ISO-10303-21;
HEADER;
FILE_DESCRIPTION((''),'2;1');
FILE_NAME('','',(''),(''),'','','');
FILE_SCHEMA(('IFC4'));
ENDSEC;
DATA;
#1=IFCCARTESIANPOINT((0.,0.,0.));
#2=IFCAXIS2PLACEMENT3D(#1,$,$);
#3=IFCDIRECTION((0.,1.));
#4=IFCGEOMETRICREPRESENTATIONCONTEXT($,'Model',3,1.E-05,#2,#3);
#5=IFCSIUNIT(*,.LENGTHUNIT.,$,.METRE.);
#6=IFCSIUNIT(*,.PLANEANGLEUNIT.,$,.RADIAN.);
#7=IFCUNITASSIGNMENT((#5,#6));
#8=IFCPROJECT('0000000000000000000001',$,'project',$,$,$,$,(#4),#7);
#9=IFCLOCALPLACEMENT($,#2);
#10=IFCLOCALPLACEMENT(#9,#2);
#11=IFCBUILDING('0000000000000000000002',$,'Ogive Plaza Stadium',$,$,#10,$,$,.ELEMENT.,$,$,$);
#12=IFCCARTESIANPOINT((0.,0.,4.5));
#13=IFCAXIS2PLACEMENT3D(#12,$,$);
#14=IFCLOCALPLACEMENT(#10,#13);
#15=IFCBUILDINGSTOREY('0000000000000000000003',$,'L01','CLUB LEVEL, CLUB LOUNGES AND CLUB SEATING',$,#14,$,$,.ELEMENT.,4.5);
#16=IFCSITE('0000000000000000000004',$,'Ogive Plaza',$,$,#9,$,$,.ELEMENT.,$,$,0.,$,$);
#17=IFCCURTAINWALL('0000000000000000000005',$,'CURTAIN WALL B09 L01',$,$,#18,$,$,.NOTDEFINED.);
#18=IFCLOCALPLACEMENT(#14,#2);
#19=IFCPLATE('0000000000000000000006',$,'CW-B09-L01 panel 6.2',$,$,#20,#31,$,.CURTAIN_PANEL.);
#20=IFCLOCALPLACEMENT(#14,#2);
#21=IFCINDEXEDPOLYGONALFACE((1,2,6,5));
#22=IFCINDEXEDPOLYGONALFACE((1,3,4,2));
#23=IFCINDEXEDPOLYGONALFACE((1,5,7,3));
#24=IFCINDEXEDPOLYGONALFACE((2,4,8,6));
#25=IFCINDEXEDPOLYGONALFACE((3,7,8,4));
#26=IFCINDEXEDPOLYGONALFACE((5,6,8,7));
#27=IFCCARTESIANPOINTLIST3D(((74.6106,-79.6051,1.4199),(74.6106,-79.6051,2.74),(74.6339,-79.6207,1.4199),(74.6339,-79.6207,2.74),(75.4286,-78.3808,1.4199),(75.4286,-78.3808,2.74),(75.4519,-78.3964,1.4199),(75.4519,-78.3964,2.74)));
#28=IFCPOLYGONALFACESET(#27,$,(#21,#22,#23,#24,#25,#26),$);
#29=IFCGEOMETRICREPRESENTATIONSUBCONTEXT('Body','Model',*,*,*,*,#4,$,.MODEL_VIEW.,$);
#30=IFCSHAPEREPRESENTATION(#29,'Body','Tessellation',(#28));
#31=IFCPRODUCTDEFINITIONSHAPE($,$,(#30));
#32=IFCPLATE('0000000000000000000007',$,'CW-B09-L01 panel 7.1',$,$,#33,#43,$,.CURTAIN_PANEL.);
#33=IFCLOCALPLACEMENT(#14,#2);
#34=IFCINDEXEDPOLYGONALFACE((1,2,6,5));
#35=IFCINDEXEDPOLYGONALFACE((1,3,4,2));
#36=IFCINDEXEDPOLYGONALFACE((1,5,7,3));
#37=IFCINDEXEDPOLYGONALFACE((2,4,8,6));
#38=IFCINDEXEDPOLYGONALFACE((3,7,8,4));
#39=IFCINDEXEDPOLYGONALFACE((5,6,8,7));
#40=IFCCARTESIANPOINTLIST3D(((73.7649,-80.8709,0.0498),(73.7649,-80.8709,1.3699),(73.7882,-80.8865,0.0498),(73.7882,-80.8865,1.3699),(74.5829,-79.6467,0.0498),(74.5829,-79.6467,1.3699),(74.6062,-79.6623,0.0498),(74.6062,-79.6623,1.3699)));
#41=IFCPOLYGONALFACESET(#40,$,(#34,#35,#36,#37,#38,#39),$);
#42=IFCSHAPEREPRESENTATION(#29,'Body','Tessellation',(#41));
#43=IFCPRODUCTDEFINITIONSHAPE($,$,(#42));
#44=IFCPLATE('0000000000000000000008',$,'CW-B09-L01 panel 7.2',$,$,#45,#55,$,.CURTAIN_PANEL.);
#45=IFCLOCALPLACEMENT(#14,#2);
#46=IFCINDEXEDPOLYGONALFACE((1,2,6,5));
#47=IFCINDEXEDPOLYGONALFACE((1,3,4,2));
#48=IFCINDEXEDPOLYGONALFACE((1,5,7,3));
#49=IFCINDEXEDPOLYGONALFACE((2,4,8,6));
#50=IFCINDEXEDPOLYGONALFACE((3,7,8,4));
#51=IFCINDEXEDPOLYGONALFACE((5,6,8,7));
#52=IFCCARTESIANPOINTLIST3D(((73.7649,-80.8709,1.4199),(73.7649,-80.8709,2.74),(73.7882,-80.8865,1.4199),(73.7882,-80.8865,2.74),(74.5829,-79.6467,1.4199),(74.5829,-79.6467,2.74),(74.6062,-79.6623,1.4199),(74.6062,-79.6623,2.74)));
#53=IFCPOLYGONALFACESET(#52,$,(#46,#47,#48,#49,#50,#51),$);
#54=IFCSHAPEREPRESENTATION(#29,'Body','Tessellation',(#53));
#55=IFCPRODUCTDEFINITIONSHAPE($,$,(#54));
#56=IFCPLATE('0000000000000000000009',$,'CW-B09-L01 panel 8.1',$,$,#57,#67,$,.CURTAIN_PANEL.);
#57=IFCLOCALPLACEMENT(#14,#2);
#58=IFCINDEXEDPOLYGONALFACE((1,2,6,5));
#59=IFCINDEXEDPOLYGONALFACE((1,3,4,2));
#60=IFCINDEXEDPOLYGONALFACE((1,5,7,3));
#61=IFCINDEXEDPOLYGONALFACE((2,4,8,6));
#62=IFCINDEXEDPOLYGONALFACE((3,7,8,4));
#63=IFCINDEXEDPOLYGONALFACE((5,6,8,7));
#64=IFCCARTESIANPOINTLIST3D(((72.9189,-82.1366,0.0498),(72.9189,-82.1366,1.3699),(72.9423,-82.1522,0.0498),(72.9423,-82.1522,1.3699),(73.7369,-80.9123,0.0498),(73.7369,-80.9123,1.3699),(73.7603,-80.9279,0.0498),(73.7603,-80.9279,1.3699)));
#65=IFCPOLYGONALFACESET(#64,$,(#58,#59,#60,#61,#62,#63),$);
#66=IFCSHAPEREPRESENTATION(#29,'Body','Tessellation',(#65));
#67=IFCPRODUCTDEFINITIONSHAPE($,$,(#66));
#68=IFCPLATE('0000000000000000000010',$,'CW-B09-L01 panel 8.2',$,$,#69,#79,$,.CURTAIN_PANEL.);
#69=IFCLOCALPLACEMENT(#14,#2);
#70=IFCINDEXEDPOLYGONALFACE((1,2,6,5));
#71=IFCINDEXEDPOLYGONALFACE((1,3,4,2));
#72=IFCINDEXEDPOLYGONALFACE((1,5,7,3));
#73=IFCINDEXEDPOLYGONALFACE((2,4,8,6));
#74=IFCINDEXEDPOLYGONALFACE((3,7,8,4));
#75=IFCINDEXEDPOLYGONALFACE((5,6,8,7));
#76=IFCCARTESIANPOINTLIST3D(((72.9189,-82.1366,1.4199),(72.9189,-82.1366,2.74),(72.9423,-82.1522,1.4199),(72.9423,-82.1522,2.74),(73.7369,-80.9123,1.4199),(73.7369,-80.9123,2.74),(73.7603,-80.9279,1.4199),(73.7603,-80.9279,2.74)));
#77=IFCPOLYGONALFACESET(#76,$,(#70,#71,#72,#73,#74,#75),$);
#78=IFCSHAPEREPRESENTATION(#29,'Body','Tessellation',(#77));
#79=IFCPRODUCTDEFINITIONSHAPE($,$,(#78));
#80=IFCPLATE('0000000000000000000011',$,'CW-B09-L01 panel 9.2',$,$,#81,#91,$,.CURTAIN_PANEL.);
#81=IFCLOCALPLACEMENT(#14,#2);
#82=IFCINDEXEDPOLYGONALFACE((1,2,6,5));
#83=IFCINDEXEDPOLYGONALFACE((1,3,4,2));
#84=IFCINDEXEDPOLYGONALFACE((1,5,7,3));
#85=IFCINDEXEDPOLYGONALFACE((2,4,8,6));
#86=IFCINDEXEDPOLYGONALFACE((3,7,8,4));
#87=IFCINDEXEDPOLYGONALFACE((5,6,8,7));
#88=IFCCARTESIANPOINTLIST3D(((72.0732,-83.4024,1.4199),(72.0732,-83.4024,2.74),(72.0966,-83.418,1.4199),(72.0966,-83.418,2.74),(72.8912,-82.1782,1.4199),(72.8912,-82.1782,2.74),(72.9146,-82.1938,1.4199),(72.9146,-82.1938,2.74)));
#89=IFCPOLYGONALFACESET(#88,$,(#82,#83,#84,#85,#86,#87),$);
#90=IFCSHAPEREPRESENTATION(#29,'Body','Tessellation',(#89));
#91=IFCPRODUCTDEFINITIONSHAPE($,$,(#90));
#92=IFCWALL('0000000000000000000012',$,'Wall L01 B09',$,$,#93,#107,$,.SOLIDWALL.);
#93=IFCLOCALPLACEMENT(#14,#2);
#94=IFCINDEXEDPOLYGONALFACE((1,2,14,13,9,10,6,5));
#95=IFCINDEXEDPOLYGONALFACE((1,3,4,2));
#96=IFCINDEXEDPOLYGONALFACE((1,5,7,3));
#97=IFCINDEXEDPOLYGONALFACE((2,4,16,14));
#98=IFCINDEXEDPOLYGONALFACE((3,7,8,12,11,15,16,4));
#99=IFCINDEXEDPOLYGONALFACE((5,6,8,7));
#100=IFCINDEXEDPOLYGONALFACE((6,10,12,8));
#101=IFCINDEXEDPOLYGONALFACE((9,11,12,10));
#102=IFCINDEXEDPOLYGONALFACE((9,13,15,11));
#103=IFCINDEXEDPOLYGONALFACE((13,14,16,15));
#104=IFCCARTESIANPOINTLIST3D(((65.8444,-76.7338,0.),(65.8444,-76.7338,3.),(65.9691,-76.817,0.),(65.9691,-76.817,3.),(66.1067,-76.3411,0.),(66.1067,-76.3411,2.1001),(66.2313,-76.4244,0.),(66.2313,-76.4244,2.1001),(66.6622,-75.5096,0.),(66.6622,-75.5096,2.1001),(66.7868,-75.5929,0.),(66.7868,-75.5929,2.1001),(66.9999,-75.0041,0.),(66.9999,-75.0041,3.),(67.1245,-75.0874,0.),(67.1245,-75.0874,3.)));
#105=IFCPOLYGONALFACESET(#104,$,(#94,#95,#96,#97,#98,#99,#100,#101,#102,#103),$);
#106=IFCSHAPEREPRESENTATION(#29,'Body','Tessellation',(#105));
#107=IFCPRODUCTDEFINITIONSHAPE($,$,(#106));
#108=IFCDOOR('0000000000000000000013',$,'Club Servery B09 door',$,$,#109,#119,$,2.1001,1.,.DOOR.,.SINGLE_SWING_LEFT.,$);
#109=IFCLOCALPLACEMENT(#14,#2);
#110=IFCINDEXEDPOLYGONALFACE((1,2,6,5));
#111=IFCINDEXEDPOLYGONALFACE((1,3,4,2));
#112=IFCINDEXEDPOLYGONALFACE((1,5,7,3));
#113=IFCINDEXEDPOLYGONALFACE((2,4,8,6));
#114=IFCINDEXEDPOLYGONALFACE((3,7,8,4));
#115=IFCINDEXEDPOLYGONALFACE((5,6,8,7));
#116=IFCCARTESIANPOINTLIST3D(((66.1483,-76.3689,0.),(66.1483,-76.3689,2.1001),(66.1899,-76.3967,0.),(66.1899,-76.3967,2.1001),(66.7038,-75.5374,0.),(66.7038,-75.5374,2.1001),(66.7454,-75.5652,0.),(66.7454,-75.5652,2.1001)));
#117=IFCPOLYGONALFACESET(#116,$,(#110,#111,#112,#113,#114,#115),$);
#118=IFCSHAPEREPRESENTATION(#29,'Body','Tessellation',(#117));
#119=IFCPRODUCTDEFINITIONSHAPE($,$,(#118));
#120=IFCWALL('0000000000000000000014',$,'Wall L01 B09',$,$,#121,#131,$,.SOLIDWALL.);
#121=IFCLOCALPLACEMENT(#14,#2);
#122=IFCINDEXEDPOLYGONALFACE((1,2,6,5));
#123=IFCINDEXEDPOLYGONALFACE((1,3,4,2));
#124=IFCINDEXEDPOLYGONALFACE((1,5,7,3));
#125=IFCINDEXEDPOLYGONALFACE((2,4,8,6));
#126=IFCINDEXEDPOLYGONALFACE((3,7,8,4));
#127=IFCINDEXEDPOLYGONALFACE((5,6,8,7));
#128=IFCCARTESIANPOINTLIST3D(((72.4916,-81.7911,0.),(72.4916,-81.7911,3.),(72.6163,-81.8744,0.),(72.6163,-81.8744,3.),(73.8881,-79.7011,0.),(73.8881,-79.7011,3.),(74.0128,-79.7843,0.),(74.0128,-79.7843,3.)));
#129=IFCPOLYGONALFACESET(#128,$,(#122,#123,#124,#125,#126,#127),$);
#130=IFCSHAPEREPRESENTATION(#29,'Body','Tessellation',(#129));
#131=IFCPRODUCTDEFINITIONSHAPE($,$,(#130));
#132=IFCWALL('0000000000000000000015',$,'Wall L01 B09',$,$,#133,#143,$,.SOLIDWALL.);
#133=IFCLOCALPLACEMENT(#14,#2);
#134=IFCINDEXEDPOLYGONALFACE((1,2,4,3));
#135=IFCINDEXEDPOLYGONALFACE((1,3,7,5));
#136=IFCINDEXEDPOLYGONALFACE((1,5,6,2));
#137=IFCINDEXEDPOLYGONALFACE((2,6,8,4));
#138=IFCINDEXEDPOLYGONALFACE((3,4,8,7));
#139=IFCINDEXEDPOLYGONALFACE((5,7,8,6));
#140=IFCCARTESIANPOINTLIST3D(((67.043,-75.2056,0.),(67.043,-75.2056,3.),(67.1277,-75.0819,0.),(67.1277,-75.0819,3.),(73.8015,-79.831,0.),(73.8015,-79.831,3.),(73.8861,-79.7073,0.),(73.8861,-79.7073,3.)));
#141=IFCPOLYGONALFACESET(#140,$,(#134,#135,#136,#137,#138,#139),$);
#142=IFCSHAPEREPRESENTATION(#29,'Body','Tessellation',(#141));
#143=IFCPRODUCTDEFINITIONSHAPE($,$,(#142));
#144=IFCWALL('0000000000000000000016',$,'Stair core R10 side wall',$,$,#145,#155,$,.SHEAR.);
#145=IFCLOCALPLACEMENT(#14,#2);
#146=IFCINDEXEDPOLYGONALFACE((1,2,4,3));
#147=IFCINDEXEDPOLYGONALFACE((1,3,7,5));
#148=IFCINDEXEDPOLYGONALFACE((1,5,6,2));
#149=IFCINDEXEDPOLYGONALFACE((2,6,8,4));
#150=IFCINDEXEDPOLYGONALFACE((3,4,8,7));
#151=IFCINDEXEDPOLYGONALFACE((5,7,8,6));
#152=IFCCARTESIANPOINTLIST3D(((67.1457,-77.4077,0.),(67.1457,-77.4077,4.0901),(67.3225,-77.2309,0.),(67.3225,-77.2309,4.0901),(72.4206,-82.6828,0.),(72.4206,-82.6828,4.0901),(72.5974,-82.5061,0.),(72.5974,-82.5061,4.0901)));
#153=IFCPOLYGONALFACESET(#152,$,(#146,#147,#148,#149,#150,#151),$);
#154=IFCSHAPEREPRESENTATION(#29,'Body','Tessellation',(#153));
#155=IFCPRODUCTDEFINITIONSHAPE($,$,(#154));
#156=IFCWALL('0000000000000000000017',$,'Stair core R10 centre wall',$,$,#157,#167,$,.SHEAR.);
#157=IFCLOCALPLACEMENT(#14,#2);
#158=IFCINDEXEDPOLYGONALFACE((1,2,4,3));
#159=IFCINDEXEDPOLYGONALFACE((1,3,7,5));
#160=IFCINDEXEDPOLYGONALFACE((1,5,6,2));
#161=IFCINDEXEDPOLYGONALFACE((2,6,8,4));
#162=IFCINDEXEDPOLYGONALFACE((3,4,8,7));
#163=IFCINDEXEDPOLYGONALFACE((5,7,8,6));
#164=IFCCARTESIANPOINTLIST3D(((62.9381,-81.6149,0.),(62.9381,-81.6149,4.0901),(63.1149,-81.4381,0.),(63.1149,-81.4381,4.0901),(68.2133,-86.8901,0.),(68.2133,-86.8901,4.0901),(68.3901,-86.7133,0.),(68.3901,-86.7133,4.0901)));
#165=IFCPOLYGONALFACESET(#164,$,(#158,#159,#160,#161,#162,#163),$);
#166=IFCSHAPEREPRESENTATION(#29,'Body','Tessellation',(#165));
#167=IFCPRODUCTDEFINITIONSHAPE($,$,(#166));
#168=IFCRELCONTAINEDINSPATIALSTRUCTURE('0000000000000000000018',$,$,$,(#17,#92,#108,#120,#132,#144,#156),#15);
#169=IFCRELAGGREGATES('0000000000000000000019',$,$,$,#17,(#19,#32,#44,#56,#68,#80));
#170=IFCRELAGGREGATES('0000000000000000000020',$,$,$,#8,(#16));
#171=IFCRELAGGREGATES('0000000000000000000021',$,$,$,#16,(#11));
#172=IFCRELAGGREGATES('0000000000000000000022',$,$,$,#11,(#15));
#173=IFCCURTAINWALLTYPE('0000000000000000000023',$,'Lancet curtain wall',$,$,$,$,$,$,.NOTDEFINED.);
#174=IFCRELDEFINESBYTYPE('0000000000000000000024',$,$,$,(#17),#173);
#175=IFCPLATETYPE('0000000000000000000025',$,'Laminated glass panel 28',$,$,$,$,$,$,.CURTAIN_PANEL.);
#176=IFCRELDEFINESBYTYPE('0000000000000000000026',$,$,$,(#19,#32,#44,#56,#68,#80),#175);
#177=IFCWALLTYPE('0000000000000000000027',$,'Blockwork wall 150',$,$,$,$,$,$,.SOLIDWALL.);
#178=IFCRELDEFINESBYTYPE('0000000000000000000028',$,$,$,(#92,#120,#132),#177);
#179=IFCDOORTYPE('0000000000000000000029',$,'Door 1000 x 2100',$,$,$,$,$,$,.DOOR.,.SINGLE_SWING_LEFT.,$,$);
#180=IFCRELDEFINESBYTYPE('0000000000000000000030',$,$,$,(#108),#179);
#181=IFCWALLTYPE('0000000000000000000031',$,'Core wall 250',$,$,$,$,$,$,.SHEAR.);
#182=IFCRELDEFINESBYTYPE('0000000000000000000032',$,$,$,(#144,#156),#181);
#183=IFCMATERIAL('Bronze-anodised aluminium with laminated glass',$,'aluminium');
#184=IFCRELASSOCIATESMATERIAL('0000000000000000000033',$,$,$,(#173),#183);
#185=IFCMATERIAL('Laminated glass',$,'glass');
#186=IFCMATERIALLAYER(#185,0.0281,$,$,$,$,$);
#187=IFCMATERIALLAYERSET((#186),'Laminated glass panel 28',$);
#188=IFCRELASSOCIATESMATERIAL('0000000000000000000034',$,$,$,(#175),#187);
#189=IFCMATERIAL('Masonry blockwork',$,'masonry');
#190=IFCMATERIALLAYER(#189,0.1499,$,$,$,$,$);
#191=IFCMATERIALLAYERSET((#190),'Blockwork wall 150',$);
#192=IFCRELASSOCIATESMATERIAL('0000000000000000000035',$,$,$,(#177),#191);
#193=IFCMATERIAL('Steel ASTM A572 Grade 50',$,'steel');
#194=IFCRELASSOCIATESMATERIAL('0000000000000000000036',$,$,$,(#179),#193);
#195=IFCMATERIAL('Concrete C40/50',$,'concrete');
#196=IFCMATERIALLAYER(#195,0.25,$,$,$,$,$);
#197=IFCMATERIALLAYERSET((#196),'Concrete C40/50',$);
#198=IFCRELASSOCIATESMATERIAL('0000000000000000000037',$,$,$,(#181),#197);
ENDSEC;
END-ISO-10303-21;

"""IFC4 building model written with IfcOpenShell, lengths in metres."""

from ifc_helpers import new_model, si_unit, direction, frame, frame_2d, origin, origin_2d, place, context, subcontext, project, spatial, rectangle, extrude, material, layer, layer_set, type_object, element, fill, aggregate, save


model = new_model("IFC4")

# Units and contexts
model_context = context("Model", 3, precision=1e-05, world=origin(), true_north=direction((0.0, 1.0)))
body_context = subcontext(model_context, "Body", "Model", "MODEL_VIEW")
ifc_project = project(units=[si_unit("LENGTHUNIT", "METRE"), si_unit("PLANEANGLEUNIT", "RADIAN")], contexts=[model_context])

# Site, building, storey
site_placement = place(None, origin())
site = spatial("IfcSite", under=ifc_project, at=site_placement, Name="Ogive Plaza", CompositionType="ELEMENT", RefElevation=0.0)
building_placement = place(site_placement, origin())
building = spatial("IfcBuilding", under=site, at=building_placement, Name="Ogive Plaza Stadium", CompositionType="ELEMENT")
storey_placement = place(building_placement, frame((0.0, 0.0, 4.5)))
storey = spatial("IfcBuildingStorey", under=building, at=storey_placement, Name="L01", Description="CLUB LEVEL, CLUB LOUNGES AND CLUB SEATING", CompositionType="ELEMENT", Elevation=4.5)

# Curtain wall, plates
ifc_material_1 = material(Name="Bronze-anodised aluminium with laminated glass", Category="aluminium")
curtain_wall_type = type_object("IfcCurtainWallType", Name="Lancet curtain wall", PredefinedType="NOTDEFINED", material=ifc_material_1)
curtain_wall_placement = place(storey_placement, origin())
curtain_wall = element("IfcCurtainWall", 1, at=curtain_wall_placement, inside=storey, type_object=curtain_wall_type, Name="CURTAIN WALL B09 L01", PredefinedType="NOTDEFINED")
ifc_material_2 = material(Name="Laminated glass", Category="glass")
ifc_layer_1 = layer(ifc_material_2, 0.0281)
ifc_layer_set_1 = layer_set([ifc_layer_1], Name="Laminated glass panel 28")
plate_type = type_object("IfcPlateType", Name="Laminated glass panel 28", PredefinedType="CURTAIN_PANEL", material=ifc_layer_set_1)
plate_1_placement = place(storey_placement, frame((75.0312, -79.0007, 1.4199), z_axis=(0.0, 0.0, 1.0), x_axis=(-0.55557, -0.83147, 0.0)))
plate_1 = element("IfcPlate", 2, at=plate_1_placement, type_object=plate_type, Name="CW-B09-L01 panel 6.2", PredefinedType="CURTAIN_PANEL", context=body_context, shape_type="SweptSolid", body=[
    extrude(rectangle(XDim=1.4724, YDim=0.0281, at=origin_2d()), origin(), (0.0, 0.0, 1.0), 1.3201),
])
plate_2_placement = place(storey_placement, frame((74.1855, -80.2666, 0.0498), z_axis=(0.0, 0.0, 1.0), x_axis=(-0.55557, -0.83147, 0.0)))
plate_2 = element("IfcPlate", 3, at=plate_2_placement, type_object=plate_type, Name="CW-B09-L01 panel 7.1", PredefinedType="CURTAIN_PANEL", context=body_context, shape_type="SweptSolid", body=[
    extrude(rectangle(XDim=1.4724, YDim=0.0281, at=origin_2d()), origin(), (0.0, 0.0, 1.0), 1.3201),
])
plate_3_placement = place(storey_placement, frame((74.1855, -80.2666, 1.4199), z_axis=(0.0, 0.0, 1.0), x_axis=(-0.55557, -0.83147, 0.0)))
plate_3 = element("IfcPlate", 4, at=plate_3_placement, type_object=plate_type, Name="CW-B09-L01 panel 7.2", PredefinedType="CURTAIN_PANEL", context=body_context, shape_type="SweptSolid", body=[
    extrude(rectangle(XDim=1.4724, YDim=0.0281, at=origin_2d()), origin(), (0.0, 0.0, 1.0), 1.3201),
])
plate_4_placement = place(storey_placement, frame((73.3396, -81.5322, 0.0498), z_axis=(0.0, 0.0, 1.0), x_axis=(-0.55557, -0.83147, 0.0)))
plate_4 = element("IfcPlate", 5, at=plate_4_placement, type_object=plate_type, Name="CW-B09-L01 panel 8.1", PredefinedType="CURTAIN_PANEL", context=body_context, shape_type="SweptSolid", body=[
    extrude(rectangle(XDim=1.4724, YDim=0.0281, at=origin_2d()), origin(), (0.0, 0.0, 1.0), 1.3201),
])
plate_5_placement = place(storey_placement, frame((73.3396, -81.5322, 1.4199), z_axis=(0.0, 0.0, 1.0), x_axis=(-0.55557, -0.83147, 0.0)))
plate_5 = element("IfcPlate", 6, at=plate_5_placement, type_object=plate_type, Name="CW-B09-L01 panel 8.2", PredefinedType="CURTAIN_PANEL", context=body_context, shape_type="SweptSolid", body=[
    extrude(rectangle(XDim=1.4724, YDim=0.0281, at=origin_2d()), origin(), (0.0, 0.0, 1.0), 1.3201),
])
plate_6_placement = place(storey_placement, frame((72.4939, -82.7981, 1.4199), z_axis=(0.0, 0.0, 1.0), x_axis=(-0.55557, -0.83147, 0.0)))
plate_6 = element("IfcPlate", 7, at=plate_6_placement, type_object=plate_type, Name="CW-B09-L01 panel 9.2", PredefinedType="CURTAIN_PANEL", context=body_context, shape_type="SweptSolid", body=[
    extrude(rectangle(XDim=1.4724, YDim=0.0281, at=origin_2d()), origin(), (0.0, 0.0, 1.0), 1.3201),
])
aggregate(curtain_wall, [plate_1, plate_2, plate_3, plate_4, plate_5, plate_6])

# Wall, opening, door
ifc_material_3 = material(Name="Masonry blockwork", Category="masonry")
ifc_layer_2 = layer(ifc_material_3, 0.1499)
ifc_layer_set_2 = layer_set([ifc_layer_2], Name="Blockwork wall 150")
wall_type_1 = type_object("IfcWallType", Name="Blockwork wall 150", PredefinedType="SOLIDWALL", material=ifc_layer_set_2)
wall_1_placement = place(storey_placement, frame((65.9067, -76.7754, 0.0), z_axis=(0.0, 0.0, 1.0), x_axis=(0.555485, 0.831526, 0.0)))
wall_1 = element("IfcWall", 8, at=wall_1_placement, inside=storey, type_object=wall_type_1, Name="Wall L01 B09", PredefinedType="SOLIDWALL", context=body_context, shape_type="SweptSolid", body=[
    extrude(rectangle(XDim=2.0801, YDim=0.1499, at=frame_2d((1.04, 0.0))), origin(), (0.0, 0.0, 1.0), 3.0),
])
opening_placement = place(wall_1_placement, frame((0.4722, 0.0, 0.0)))
opening = element("IfcOpeningElement", 9, at=opening_placement, cuts=wall_1, PredefinedType="OPENING", context=body_context, shape_type="SweptSolid", body=[
    extrude(rectangle(XDim=1.0, YDim=2.1001, at=frame_2d((0.5, 1.05))), frame((0.0, 0.075, 0.0), z_axis=(0.0, -1.0, 0.0), x_axis=(1.0, 0.0, 0.0)), (0.0, 0.0, 1.0), 0.1499),
])
ifc_material_4 = material(Name="Steel ASTM A572 Grade 50", Category="steel")
door_type = type_object("IfcDoorType", Name="Door 1000 x 2100", OperationType="SINGLE_SWING_LEFT", PredefinedType="DOOR", material=ifc_material_4)
door_placement = place(opening_placement, origin())
door = element("IfcDoor", 10, at=door_placement, inside=storey, type_object=door_type, Name="Club Servery B09 door", OperationType="SINGLE_SWING_LEFT", OverallHeight=2.1001, OverallWidth=1.0, PredefinedType="DOOR", context=body_context, shape_type="SweptSolid", body=[
    extrude(rectangle(XDim=1.0, YDim=2.1001, at=frame_2d((0.5, 1.05))), frame((0.0, 0.0249, 0.0), z_axis=(0.0, -1.0, 0.0), x_axis=(1.0, 0.0, 0.0)), (0.0, 0.0, 1.0), 0.05),
])
fill(opening, door)

# Walls
wall_2_placement = place(storey_placement, frame((72.554, -81.8328, 0.0), z_axis=(0.0, 0.0, 1.0), x_axis=(0.555552, 0.831482, 0.0)))
element("IfcWall", 11, at=wall_2_placement, inside=storey, type_object=wall_type_1, Name="Wall L01 B09", PredefinedType="SOLIDWALL", context=body_context, shape_type="SweptSolid", body=[
    extrude(rectangle(XDim=2.5137, YDim=0.1499, at=frame_2d((1.2568, 0.0))), origin(), (0.0, 0.0, 1.0), 3.0),
])
wall_3_placement = place(storey_placement, frame((67.0854, -75.1438, 0.0), z_axis=(0.0, 0.0, 1.0), x_axis=(0.825238, -0.564785, 0.0)))
element("IfcWall", 12, at=wall_3_placement, inside=storey, type_object=wall_type_1, Name="Wall L01 B09", PredefinedType="SOLIDWALL", context=body_context, shape_type="SweptSolid", body=[
    extrude(rectangle(XDim=8.1897, YDim=0.1499, at=frame_2d((4.0947, 0.0))), origin(), (0.0, 0.0, 1.0), 3.0),
])
ifc_material_5 = material(Name="Concrete C40/50", Category="concrete")
ifc_layer_3 = layer(ifc_material_5, 0.25)
ifc_layer_set_3 = layer_set([ifc_layer_3], Name="Concrete C40/50")
wall_type_2 = type_object("IfcWallType", Name="Core wall 250", PredefinedType="SHEAR", material=ifc_layer_set_3)
wall_4_placement = place(storey_placement, frame((67.2341, -77.3193, 0.0), z_axis=(0.0, 0.0, 1.0), x_axis=(0.70709, -0.707123, 0.0)))
element("IfcWall", 13, at=wall_4_placement, inside=storey, type_object=wall_type_2, Name="Stair core R10 side wall", PredefinedType="SHEAR", context=body_context, shape_type="SweptSolid", body=[
    extrude(rectangle(XDim=7.46, YDim=0.25, at=frame_2d((3.73, 0.0))), origin(), (0.0, 0.0, 1.0), 4.0901),
])
wall_5_placement = place(storey_placement, frame((63.0266, -81.5266, 0.0), z_axis=(0.0, 0.0, 1.0), x_axis=(0.707107, -0.707107, 0.0)))
element("IfcWall", 14, at=wall_5_placement, inside=storey, type_object=wall_type_2, Name="Stair core R10 centre wall", PredefinedType="SHEAR", context=body_context, shape_type="SweptSolid", body=[
    extrude(rectangle(XDim=7.4602, YDim=0.25, at=frame_2d((3.73, 0.0))), origin(), (0.0, 0.0, 1.0), 4.0901),
])

save(model, "model.ifc")
